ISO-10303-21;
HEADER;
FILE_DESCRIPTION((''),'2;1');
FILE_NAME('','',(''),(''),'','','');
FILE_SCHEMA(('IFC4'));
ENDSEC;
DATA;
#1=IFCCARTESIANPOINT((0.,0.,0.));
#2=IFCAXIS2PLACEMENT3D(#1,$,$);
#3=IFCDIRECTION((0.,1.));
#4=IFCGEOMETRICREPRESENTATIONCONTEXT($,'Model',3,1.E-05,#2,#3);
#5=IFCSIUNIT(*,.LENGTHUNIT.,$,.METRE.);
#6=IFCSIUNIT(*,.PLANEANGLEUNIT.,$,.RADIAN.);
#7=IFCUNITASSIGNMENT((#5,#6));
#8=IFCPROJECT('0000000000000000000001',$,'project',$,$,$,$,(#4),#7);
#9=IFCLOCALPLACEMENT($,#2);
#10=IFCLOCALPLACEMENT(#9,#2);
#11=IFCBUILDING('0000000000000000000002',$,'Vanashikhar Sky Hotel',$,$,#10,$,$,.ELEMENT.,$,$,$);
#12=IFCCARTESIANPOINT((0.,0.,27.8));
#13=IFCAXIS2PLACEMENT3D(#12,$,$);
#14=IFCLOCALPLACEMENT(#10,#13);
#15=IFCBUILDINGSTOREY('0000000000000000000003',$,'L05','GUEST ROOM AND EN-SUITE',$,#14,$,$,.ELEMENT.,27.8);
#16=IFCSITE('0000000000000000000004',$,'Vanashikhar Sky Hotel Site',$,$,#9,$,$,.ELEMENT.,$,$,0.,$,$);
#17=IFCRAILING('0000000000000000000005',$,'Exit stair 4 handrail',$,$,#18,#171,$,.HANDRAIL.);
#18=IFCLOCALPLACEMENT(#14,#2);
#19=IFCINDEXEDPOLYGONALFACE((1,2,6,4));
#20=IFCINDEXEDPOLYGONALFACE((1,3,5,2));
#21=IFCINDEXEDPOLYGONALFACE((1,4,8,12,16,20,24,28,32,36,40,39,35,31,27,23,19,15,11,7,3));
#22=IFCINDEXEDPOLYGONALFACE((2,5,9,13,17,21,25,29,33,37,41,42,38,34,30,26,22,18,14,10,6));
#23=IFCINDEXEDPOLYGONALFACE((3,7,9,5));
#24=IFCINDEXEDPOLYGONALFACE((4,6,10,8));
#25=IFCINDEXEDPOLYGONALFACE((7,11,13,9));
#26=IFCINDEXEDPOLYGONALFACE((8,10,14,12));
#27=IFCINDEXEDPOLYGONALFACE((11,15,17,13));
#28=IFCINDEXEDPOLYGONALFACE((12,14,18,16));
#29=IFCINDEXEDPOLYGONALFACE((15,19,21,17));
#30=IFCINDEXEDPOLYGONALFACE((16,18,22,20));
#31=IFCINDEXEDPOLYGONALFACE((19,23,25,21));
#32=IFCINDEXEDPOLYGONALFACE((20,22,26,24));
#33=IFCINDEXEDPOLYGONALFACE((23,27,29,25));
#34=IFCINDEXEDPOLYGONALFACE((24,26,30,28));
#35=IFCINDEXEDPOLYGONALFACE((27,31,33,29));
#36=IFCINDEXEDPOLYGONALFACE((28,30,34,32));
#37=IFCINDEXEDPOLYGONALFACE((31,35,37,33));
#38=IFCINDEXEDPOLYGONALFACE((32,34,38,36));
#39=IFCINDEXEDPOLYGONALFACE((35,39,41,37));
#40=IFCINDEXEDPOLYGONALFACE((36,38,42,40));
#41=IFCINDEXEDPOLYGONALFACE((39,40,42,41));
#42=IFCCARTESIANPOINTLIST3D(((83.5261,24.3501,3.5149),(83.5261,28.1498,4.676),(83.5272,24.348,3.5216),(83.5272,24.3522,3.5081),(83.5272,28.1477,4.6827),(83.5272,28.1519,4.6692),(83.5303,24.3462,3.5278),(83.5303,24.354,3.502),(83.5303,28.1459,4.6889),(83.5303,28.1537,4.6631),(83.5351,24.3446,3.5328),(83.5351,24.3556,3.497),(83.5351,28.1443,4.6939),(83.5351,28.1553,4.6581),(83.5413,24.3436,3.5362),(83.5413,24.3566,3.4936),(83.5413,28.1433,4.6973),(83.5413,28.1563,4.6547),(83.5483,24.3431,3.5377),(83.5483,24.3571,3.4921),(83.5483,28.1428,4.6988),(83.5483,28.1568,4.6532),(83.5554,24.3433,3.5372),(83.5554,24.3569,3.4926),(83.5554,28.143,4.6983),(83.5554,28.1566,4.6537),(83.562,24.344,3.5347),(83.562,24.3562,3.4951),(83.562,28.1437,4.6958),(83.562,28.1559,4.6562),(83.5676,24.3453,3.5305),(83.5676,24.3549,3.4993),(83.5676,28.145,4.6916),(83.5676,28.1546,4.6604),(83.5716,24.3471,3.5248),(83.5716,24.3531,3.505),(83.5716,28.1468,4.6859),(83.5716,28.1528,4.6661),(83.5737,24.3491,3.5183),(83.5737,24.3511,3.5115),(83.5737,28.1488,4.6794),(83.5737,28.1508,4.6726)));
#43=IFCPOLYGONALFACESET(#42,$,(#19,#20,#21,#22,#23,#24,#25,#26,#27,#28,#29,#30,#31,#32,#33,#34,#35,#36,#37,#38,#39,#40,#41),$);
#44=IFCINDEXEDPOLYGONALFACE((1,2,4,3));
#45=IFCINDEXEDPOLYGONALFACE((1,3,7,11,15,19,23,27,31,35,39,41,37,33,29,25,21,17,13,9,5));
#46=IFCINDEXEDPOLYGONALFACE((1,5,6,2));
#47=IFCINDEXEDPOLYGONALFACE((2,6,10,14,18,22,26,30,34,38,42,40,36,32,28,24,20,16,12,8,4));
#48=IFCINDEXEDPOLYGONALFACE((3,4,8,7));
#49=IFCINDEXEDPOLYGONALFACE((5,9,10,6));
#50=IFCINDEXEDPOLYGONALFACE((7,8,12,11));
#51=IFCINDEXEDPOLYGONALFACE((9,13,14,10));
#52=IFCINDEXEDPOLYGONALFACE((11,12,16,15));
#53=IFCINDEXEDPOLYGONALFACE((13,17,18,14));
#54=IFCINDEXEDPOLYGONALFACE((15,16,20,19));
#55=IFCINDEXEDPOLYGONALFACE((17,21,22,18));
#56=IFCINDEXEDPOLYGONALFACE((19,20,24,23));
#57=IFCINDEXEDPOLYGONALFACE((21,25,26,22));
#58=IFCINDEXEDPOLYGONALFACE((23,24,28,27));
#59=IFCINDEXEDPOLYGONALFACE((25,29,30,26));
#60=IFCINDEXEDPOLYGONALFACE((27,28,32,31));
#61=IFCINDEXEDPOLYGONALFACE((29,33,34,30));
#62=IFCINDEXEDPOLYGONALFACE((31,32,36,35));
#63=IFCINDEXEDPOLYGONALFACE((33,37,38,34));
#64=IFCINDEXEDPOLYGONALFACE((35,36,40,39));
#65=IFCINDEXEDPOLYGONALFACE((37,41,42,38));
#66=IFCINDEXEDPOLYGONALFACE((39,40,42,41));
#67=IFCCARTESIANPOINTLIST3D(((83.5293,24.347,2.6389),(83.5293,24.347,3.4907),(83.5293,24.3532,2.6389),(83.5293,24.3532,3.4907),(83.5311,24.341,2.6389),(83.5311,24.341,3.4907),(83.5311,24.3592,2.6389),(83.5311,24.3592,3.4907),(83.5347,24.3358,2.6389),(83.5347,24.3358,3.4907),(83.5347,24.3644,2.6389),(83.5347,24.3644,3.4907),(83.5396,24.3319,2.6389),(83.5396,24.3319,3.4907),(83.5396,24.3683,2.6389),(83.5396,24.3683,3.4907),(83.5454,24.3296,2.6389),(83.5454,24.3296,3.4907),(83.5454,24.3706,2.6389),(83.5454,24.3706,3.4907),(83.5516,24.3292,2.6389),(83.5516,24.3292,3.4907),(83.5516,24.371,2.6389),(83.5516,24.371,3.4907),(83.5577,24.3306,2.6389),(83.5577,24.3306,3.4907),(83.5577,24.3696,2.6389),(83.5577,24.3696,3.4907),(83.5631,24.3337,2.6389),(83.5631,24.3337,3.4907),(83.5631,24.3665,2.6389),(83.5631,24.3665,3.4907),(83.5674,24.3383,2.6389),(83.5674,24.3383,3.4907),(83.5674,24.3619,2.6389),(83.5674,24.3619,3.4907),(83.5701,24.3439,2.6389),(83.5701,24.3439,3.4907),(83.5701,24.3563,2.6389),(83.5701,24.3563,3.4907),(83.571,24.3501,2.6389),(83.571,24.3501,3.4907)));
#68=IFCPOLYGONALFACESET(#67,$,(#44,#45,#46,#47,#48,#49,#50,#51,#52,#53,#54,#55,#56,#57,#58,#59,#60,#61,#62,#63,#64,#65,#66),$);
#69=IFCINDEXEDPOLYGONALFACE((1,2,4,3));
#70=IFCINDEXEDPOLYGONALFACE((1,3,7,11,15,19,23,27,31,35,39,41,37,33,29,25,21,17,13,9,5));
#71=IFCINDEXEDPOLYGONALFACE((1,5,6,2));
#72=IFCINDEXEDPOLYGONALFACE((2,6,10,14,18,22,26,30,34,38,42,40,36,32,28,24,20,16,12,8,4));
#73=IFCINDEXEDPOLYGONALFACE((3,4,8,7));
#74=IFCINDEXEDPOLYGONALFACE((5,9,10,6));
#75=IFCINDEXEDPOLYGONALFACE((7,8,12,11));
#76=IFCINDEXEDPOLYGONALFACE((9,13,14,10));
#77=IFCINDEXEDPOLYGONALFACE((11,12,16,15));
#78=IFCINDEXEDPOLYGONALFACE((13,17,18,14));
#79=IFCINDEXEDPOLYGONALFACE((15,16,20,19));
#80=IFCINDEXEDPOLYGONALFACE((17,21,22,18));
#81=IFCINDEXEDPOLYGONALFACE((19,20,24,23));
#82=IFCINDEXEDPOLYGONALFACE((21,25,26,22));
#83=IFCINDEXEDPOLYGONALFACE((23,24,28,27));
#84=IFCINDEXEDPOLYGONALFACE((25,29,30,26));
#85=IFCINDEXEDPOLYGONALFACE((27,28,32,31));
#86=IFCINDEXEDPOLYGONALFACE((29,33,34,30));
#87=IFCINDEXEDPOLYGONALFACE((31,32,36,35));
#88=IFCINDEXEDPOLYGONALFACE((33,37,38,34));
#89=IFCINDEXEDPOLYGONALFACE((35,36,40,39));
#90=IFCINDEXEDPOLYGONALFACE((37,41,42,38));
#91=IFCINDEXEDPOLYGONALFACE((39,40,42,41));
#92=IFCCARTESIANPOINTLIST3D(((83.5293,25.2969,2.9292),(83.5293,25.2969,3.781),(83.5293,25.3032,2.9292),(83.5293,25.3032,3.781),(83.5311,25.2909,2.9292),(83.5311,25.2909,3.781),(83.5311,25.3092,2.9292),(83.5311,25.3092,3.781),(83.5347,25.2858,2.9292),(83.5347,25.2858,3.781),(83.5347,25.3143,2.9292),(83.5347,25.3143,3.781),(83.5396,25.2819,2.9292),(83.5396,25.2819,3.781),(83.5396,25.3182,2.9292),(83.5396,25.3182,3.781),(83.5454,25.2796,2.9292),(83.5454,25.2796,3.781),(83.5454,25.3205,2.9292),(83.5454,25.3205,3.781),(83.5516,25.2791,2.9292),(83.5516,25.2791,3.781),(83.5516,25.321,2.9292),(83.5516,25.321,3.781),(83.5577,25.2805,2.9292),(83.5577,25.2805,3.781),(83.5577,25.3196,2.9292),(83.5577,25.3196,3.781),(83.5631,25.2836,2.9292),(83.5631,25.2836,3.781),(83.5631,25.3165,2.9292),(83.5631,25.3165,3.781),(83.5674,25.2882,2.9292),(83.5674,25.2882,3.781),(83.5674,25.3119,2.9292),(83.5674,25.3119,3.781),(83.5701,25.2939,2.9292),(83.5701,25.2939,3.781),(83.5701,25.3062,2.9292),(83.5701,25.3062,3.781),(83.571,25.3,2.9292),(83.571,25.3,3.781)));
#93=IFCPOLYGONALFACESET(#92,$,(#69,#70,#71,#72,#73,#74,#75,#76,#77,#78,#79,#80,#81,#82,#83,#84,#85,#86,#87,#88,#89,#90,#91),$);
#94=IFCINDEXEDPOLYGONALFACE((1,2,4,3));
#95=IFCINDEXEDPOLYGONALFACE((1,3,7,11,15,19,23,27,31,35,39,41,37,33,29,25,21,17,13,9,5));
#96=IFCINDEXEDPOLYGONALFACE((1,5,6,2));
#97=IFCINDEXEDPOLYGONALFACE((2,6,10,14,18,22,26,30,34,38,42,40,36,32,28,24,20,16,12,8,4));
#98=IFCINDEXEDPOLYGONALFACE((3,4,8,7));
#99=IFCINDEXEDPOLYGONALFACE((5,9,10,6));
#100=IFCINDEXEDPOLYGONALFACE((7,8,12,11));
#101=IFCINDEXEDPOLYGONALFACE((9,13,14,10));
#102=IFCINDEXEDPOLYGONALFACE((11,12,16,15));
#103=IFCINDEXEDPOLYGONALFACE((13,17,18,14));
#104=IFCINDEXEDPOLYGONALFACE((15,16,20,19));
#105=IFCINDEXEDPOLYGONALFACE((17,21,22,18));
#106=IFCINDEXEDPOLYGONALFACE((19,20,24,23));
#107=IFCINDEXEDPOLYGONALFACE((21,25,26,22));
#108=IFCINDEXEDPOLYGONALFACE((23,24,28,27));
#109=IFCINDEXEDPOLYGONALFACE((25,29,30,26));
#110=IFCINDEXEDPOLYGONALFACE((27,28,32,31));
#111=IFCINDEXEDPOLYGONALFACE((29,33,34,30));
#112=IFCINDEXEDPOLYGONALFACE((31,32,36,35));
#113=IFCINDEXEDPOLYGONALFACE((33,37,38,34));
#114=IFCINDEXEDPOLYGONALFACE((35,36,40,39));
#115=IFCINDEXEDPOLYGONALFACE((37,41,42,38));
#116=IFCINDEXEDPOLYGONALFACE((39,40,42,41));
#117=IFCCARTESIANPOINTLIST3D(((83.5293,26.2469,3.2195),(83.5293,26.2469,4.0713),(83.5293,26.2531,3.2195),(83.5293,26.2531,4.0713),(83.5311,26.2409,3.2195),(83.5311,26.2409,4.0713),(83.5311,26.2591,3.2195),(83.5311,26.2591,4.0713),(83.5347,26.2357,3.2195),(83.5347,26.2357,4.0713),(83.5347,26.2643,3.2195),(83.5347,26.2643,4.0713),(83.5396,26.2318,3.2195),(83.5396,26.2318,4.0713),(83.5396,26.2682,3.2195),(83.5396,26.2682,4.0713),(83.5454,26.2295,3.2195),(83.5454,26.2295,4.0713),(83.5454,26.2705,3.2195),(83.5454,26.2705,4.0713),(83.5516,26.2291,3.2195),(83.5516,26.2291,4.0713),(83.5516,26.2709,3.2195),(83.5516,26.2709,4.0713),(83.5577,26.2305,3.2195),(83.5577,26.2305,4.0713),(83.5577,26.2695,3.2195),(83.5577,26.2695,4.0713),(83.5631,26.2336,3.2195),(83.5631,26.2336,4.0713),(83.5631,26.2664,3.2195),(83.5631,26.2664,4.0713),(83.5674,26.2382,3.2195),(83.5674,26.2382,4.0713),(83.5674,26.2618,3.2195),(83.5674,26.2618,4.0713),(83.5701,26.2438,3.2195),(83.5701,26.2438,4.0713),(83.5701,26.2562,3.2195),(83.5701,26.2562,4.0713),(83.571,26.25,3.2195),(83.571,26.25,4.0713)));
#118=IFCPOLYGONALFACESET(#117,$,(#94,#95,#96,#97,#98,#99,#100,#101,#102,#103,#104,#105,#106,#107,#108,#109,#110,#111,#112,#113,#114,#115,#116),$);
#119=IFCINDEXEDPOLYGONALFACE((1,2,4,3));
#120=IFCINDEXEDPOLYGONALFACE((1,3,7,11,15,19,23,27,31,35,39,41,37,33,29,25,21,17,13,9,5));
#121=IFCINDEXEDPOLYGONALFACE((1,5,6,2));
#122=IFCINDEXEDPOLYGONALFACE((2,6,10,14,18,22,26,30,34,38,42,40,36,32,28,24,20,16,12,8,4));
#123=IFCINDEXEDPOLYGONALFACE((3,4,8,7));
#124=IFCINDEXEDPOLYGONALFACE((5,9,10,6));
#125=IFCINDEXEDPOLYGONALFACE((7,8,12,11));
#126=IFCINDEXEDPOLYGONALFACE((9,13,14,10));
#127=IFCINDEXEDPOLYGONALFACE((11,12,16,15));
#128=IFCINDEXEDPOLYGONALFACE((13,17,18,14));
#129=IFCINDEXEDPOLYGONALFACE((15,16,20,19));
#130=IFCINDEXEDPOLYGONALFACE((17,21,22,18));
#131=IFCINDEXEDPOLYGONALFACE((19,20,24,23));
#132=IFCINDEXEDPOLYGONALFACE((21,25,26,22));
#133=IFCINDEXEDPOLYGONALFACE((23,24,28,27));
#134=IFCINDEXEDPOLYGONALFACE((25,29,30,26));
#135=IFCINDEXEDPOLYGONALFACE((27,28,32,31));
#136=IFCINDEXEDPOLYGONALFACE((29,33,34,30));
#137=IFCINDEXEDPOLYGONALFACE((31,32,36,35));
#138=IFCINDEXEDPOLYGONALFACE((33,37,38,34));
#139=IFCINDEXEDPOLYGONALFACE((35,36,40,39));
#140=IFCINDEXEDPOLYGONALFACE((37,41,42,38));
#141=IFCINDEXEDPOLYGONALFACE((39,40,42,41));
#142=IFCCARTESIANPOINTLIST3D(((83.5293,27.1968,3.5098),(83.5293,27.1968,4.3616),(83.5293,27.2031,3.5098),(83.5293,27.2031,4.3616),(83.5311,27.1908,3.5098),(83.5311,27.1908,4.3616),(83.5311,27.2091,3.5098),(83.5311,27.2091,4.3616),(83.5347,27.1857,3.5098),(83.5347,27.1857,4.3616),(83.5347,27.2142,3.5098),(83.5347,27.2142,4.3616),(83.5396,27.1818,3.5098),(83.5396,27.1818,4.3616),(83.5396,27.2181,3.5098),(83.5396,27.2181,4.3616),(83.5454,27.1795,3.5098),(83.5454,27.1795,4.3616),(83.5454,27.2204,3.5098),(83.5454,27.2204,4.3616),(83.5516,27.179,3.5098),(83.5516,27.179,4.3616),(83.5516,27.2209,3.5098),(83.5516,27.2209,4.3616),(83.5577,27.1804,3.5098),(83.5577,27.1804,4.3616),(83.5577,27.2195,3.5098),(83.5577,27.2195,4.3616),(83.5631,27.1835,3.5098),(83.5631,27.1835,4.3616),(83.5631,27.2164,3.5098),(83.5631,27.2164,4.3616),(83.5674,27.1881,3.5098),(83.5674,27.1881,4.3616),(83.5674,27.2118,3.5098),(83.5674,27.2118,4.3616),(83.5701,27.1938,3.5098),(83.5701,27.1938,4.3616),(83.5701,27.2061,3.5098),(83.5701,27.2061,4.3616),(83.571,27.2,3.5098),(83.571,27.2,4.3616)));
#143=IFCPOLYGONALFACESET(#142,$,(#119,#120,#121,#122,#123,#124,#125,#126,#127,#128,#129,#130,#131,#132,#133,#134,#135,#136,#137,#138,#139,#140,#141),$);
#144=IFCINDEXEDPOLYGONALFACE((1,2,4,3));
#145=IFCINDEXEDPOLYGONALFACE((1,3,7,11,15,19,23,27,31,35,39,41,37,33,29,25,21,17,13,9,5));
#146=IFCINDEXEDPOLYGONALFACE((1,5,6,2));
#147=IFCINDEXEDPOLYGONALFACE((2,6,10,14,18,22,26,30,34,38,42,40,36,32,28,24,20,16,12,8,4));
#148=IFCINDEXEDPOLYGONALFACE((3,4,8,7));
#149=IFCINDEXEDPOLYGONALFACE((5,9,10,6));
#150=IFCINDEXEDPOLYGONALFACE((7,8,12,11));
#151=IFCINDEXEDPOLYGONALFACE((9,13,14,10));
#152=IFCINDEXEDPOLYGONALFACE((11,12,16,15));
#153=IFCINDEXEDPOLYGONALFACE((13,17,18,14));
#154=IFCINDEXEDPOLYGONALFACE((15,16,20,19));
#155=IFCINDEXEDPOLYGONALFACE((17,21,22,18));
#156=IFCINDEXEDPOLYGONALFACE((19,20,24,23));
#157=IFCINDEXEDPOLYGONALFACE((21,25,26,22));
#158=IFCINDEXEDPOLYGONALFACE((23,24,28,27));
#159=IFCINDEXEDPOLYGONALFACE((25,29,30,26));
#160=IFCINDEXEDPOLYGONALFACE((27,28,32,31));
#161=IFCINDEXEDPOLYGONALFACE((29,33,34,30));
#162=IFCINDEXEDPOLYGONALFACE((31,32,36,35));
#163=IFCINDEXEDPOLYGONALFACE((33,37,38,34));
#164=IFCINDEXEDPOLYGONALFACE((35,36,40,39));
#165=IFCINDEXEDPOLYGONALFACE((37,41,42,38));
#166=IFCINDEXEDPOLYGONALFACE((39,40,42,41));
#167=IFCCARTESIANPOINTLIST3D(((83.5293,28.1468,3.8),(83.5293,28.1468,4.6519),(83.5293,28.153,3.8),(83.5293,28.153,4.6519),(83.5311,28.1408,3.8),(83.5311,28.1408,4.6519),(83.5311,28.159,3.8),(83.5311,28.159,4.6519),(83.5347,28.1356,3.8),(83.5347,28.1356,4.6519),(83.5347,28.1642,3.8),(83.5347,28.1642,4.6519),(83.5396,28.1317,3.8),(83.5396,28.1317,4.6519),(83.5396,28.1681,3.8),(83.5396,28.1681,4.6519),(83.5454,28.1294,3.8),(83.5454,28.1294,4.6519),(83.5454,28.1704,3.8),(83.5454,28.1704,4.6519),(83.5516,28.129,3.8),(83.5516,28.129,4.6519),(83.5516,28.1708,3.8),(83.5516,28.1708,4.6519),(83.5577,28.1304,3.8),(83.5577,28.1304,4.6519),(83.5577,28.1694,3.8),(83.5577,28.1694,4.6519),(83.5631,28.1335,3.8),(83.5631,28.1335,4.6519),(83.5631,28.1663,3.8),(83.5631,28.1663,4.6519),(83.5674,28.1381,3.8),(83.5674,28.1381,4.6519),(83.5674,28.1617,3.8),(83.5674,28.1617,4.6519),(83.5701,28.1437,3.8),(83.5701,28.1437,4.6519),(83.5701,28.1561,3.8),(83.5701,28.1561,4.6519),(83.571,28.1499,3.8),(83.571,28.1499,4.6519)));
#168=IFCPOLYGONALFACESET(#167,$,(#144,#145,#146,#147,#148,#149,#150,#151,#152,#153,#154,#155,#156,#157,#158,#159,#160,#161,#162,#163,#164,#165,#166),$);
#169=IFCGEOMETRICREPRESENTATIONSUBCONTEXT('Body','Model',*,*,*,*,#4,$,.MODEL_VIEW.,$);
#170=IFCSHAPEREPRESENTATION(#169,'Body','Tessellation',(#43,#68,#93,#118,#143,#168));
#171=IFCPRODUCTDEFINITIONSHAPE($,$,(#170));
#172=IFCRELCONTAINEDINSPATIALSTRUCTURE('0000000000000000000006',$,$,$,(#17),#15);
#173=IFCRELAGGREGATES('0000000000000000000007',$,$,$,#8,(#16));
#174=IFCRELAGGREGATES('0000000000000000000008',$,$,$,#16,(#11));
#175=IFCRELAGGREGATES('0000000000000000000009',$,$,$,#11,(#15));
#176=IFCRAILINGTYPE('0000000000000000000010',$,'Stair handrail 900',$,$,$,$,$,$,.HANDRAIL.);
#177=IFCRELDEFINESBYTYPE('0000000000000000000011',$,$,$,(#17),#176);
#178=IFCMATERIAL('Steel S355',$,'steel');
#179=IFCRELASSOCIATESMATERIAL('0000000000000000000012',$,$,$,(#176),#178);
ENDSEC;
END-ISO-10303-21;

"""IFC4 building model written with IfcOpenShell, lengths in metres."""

from ifc_helpers import new_model, si_unit, direction, frame, origin, origin_2d, place, context, subcontext, project, spatial, circle, extrude, source, transform, mapped, material, type_object, element, save


model = new_model("IFC4")

# Units and contexts
model_context = context("Model", 3, precision=1e-05, world=origin(), true_north=direction((0.0, 1.0)))
body_context = subcontext(model_context, "Body", "Model", "MODEL_VIEW")
ifc_project = project(units=[si_unit("LENGTHUNIT", "METRE"), si_unit("PLANEANGLEUNIT", "RADIAN")], contexts=[model_context])

# Site, building, storey
site_placement = place(None, origin())
site = spatial("IfcSite", under=ifc_project, at=site_placement, Name="Vanashikhar Sky Hotel Site", CompositionType="ELEMENT", RefElevation=0.0)
building_placement = place(site_placement, origin())
building = spatial("IfcBuilding", under=site, at=building_placement, Name="Vanashikhar Sky Hotel", CompositionType="ELEMENT")
storey_placement = place(building_placement, frame((0.0, 0.0, 27.8)))
storey = spatial("IfcBuildingStorey", under=building, at=storey_placement, Name="L05", Description="GUEST ROOM AND EN-SUITE", CompositionType="ELEMENT", Elevation=27.8)

# Railing
ifc_material_1 = material(Name="Steel S355", Category="steel")
railing_type = type_object("IfcRailingType", Name="Stair handrail 900", PredefinedType="HANDRAIL", material=ifc_material_1)
shared_shape_1 = source(origin(), body_context, "Body", "SweptSolid", [
    extrude(circle(Radius=0.0239, at=origin_2d()), frame((0.0, 0.0, 0.876), z_axis=(0.0, 0.956346, 0.292237), x_axis=(-1.0, 0.0, 0.0)), (0.0, 0.0, 1.0), 3.9731),
    extrude(circle(Radius=0.021, at=origin_2d()), origin(), (0.0, 0.0, 1.0), 0.8518),
    extrude(circle(Radius=0.021, at=origin_2d()), frame((0.0, 0.95, 0.2903)), (0.0, 0.0, 1.0), 0.8518),
    extrude(circle(Radius=0.021, at=origin_2d()), frame((0.0, 1.8999, 0.5806)), (0.0, 0.0, 1.0), 0.8518),
    extrude(circle(Radius=0.021, at=origin_2d()), frame((0.0, 2.8499, 0.8708)), (0.0, 0.0, 1.0), 0.8518),
    extrude(circle(Radius=0.021, at=origin_2d()), frame((0.0, 3.7998, 1.1611)), (0.0, 0.0, 1.0), 0.8518),
])
for number, where, name in (
    (1, (83.55, 24.3501, 2.6389), "Exit stair 4 handrail"),
):
    element("IfcRailing", number, at=place(storey_placement, frame(where)), inside=storey, type_object=railing_type, Name=name, PredefinedType="HANDRAIL", context=body_context, shape_type="MappedRepresentation", body=[
        mapped(shared_shape_1, transform((0.0, 0.0, 0.0), scale=1.0)),
    ])

save(model, "model.ifc")
